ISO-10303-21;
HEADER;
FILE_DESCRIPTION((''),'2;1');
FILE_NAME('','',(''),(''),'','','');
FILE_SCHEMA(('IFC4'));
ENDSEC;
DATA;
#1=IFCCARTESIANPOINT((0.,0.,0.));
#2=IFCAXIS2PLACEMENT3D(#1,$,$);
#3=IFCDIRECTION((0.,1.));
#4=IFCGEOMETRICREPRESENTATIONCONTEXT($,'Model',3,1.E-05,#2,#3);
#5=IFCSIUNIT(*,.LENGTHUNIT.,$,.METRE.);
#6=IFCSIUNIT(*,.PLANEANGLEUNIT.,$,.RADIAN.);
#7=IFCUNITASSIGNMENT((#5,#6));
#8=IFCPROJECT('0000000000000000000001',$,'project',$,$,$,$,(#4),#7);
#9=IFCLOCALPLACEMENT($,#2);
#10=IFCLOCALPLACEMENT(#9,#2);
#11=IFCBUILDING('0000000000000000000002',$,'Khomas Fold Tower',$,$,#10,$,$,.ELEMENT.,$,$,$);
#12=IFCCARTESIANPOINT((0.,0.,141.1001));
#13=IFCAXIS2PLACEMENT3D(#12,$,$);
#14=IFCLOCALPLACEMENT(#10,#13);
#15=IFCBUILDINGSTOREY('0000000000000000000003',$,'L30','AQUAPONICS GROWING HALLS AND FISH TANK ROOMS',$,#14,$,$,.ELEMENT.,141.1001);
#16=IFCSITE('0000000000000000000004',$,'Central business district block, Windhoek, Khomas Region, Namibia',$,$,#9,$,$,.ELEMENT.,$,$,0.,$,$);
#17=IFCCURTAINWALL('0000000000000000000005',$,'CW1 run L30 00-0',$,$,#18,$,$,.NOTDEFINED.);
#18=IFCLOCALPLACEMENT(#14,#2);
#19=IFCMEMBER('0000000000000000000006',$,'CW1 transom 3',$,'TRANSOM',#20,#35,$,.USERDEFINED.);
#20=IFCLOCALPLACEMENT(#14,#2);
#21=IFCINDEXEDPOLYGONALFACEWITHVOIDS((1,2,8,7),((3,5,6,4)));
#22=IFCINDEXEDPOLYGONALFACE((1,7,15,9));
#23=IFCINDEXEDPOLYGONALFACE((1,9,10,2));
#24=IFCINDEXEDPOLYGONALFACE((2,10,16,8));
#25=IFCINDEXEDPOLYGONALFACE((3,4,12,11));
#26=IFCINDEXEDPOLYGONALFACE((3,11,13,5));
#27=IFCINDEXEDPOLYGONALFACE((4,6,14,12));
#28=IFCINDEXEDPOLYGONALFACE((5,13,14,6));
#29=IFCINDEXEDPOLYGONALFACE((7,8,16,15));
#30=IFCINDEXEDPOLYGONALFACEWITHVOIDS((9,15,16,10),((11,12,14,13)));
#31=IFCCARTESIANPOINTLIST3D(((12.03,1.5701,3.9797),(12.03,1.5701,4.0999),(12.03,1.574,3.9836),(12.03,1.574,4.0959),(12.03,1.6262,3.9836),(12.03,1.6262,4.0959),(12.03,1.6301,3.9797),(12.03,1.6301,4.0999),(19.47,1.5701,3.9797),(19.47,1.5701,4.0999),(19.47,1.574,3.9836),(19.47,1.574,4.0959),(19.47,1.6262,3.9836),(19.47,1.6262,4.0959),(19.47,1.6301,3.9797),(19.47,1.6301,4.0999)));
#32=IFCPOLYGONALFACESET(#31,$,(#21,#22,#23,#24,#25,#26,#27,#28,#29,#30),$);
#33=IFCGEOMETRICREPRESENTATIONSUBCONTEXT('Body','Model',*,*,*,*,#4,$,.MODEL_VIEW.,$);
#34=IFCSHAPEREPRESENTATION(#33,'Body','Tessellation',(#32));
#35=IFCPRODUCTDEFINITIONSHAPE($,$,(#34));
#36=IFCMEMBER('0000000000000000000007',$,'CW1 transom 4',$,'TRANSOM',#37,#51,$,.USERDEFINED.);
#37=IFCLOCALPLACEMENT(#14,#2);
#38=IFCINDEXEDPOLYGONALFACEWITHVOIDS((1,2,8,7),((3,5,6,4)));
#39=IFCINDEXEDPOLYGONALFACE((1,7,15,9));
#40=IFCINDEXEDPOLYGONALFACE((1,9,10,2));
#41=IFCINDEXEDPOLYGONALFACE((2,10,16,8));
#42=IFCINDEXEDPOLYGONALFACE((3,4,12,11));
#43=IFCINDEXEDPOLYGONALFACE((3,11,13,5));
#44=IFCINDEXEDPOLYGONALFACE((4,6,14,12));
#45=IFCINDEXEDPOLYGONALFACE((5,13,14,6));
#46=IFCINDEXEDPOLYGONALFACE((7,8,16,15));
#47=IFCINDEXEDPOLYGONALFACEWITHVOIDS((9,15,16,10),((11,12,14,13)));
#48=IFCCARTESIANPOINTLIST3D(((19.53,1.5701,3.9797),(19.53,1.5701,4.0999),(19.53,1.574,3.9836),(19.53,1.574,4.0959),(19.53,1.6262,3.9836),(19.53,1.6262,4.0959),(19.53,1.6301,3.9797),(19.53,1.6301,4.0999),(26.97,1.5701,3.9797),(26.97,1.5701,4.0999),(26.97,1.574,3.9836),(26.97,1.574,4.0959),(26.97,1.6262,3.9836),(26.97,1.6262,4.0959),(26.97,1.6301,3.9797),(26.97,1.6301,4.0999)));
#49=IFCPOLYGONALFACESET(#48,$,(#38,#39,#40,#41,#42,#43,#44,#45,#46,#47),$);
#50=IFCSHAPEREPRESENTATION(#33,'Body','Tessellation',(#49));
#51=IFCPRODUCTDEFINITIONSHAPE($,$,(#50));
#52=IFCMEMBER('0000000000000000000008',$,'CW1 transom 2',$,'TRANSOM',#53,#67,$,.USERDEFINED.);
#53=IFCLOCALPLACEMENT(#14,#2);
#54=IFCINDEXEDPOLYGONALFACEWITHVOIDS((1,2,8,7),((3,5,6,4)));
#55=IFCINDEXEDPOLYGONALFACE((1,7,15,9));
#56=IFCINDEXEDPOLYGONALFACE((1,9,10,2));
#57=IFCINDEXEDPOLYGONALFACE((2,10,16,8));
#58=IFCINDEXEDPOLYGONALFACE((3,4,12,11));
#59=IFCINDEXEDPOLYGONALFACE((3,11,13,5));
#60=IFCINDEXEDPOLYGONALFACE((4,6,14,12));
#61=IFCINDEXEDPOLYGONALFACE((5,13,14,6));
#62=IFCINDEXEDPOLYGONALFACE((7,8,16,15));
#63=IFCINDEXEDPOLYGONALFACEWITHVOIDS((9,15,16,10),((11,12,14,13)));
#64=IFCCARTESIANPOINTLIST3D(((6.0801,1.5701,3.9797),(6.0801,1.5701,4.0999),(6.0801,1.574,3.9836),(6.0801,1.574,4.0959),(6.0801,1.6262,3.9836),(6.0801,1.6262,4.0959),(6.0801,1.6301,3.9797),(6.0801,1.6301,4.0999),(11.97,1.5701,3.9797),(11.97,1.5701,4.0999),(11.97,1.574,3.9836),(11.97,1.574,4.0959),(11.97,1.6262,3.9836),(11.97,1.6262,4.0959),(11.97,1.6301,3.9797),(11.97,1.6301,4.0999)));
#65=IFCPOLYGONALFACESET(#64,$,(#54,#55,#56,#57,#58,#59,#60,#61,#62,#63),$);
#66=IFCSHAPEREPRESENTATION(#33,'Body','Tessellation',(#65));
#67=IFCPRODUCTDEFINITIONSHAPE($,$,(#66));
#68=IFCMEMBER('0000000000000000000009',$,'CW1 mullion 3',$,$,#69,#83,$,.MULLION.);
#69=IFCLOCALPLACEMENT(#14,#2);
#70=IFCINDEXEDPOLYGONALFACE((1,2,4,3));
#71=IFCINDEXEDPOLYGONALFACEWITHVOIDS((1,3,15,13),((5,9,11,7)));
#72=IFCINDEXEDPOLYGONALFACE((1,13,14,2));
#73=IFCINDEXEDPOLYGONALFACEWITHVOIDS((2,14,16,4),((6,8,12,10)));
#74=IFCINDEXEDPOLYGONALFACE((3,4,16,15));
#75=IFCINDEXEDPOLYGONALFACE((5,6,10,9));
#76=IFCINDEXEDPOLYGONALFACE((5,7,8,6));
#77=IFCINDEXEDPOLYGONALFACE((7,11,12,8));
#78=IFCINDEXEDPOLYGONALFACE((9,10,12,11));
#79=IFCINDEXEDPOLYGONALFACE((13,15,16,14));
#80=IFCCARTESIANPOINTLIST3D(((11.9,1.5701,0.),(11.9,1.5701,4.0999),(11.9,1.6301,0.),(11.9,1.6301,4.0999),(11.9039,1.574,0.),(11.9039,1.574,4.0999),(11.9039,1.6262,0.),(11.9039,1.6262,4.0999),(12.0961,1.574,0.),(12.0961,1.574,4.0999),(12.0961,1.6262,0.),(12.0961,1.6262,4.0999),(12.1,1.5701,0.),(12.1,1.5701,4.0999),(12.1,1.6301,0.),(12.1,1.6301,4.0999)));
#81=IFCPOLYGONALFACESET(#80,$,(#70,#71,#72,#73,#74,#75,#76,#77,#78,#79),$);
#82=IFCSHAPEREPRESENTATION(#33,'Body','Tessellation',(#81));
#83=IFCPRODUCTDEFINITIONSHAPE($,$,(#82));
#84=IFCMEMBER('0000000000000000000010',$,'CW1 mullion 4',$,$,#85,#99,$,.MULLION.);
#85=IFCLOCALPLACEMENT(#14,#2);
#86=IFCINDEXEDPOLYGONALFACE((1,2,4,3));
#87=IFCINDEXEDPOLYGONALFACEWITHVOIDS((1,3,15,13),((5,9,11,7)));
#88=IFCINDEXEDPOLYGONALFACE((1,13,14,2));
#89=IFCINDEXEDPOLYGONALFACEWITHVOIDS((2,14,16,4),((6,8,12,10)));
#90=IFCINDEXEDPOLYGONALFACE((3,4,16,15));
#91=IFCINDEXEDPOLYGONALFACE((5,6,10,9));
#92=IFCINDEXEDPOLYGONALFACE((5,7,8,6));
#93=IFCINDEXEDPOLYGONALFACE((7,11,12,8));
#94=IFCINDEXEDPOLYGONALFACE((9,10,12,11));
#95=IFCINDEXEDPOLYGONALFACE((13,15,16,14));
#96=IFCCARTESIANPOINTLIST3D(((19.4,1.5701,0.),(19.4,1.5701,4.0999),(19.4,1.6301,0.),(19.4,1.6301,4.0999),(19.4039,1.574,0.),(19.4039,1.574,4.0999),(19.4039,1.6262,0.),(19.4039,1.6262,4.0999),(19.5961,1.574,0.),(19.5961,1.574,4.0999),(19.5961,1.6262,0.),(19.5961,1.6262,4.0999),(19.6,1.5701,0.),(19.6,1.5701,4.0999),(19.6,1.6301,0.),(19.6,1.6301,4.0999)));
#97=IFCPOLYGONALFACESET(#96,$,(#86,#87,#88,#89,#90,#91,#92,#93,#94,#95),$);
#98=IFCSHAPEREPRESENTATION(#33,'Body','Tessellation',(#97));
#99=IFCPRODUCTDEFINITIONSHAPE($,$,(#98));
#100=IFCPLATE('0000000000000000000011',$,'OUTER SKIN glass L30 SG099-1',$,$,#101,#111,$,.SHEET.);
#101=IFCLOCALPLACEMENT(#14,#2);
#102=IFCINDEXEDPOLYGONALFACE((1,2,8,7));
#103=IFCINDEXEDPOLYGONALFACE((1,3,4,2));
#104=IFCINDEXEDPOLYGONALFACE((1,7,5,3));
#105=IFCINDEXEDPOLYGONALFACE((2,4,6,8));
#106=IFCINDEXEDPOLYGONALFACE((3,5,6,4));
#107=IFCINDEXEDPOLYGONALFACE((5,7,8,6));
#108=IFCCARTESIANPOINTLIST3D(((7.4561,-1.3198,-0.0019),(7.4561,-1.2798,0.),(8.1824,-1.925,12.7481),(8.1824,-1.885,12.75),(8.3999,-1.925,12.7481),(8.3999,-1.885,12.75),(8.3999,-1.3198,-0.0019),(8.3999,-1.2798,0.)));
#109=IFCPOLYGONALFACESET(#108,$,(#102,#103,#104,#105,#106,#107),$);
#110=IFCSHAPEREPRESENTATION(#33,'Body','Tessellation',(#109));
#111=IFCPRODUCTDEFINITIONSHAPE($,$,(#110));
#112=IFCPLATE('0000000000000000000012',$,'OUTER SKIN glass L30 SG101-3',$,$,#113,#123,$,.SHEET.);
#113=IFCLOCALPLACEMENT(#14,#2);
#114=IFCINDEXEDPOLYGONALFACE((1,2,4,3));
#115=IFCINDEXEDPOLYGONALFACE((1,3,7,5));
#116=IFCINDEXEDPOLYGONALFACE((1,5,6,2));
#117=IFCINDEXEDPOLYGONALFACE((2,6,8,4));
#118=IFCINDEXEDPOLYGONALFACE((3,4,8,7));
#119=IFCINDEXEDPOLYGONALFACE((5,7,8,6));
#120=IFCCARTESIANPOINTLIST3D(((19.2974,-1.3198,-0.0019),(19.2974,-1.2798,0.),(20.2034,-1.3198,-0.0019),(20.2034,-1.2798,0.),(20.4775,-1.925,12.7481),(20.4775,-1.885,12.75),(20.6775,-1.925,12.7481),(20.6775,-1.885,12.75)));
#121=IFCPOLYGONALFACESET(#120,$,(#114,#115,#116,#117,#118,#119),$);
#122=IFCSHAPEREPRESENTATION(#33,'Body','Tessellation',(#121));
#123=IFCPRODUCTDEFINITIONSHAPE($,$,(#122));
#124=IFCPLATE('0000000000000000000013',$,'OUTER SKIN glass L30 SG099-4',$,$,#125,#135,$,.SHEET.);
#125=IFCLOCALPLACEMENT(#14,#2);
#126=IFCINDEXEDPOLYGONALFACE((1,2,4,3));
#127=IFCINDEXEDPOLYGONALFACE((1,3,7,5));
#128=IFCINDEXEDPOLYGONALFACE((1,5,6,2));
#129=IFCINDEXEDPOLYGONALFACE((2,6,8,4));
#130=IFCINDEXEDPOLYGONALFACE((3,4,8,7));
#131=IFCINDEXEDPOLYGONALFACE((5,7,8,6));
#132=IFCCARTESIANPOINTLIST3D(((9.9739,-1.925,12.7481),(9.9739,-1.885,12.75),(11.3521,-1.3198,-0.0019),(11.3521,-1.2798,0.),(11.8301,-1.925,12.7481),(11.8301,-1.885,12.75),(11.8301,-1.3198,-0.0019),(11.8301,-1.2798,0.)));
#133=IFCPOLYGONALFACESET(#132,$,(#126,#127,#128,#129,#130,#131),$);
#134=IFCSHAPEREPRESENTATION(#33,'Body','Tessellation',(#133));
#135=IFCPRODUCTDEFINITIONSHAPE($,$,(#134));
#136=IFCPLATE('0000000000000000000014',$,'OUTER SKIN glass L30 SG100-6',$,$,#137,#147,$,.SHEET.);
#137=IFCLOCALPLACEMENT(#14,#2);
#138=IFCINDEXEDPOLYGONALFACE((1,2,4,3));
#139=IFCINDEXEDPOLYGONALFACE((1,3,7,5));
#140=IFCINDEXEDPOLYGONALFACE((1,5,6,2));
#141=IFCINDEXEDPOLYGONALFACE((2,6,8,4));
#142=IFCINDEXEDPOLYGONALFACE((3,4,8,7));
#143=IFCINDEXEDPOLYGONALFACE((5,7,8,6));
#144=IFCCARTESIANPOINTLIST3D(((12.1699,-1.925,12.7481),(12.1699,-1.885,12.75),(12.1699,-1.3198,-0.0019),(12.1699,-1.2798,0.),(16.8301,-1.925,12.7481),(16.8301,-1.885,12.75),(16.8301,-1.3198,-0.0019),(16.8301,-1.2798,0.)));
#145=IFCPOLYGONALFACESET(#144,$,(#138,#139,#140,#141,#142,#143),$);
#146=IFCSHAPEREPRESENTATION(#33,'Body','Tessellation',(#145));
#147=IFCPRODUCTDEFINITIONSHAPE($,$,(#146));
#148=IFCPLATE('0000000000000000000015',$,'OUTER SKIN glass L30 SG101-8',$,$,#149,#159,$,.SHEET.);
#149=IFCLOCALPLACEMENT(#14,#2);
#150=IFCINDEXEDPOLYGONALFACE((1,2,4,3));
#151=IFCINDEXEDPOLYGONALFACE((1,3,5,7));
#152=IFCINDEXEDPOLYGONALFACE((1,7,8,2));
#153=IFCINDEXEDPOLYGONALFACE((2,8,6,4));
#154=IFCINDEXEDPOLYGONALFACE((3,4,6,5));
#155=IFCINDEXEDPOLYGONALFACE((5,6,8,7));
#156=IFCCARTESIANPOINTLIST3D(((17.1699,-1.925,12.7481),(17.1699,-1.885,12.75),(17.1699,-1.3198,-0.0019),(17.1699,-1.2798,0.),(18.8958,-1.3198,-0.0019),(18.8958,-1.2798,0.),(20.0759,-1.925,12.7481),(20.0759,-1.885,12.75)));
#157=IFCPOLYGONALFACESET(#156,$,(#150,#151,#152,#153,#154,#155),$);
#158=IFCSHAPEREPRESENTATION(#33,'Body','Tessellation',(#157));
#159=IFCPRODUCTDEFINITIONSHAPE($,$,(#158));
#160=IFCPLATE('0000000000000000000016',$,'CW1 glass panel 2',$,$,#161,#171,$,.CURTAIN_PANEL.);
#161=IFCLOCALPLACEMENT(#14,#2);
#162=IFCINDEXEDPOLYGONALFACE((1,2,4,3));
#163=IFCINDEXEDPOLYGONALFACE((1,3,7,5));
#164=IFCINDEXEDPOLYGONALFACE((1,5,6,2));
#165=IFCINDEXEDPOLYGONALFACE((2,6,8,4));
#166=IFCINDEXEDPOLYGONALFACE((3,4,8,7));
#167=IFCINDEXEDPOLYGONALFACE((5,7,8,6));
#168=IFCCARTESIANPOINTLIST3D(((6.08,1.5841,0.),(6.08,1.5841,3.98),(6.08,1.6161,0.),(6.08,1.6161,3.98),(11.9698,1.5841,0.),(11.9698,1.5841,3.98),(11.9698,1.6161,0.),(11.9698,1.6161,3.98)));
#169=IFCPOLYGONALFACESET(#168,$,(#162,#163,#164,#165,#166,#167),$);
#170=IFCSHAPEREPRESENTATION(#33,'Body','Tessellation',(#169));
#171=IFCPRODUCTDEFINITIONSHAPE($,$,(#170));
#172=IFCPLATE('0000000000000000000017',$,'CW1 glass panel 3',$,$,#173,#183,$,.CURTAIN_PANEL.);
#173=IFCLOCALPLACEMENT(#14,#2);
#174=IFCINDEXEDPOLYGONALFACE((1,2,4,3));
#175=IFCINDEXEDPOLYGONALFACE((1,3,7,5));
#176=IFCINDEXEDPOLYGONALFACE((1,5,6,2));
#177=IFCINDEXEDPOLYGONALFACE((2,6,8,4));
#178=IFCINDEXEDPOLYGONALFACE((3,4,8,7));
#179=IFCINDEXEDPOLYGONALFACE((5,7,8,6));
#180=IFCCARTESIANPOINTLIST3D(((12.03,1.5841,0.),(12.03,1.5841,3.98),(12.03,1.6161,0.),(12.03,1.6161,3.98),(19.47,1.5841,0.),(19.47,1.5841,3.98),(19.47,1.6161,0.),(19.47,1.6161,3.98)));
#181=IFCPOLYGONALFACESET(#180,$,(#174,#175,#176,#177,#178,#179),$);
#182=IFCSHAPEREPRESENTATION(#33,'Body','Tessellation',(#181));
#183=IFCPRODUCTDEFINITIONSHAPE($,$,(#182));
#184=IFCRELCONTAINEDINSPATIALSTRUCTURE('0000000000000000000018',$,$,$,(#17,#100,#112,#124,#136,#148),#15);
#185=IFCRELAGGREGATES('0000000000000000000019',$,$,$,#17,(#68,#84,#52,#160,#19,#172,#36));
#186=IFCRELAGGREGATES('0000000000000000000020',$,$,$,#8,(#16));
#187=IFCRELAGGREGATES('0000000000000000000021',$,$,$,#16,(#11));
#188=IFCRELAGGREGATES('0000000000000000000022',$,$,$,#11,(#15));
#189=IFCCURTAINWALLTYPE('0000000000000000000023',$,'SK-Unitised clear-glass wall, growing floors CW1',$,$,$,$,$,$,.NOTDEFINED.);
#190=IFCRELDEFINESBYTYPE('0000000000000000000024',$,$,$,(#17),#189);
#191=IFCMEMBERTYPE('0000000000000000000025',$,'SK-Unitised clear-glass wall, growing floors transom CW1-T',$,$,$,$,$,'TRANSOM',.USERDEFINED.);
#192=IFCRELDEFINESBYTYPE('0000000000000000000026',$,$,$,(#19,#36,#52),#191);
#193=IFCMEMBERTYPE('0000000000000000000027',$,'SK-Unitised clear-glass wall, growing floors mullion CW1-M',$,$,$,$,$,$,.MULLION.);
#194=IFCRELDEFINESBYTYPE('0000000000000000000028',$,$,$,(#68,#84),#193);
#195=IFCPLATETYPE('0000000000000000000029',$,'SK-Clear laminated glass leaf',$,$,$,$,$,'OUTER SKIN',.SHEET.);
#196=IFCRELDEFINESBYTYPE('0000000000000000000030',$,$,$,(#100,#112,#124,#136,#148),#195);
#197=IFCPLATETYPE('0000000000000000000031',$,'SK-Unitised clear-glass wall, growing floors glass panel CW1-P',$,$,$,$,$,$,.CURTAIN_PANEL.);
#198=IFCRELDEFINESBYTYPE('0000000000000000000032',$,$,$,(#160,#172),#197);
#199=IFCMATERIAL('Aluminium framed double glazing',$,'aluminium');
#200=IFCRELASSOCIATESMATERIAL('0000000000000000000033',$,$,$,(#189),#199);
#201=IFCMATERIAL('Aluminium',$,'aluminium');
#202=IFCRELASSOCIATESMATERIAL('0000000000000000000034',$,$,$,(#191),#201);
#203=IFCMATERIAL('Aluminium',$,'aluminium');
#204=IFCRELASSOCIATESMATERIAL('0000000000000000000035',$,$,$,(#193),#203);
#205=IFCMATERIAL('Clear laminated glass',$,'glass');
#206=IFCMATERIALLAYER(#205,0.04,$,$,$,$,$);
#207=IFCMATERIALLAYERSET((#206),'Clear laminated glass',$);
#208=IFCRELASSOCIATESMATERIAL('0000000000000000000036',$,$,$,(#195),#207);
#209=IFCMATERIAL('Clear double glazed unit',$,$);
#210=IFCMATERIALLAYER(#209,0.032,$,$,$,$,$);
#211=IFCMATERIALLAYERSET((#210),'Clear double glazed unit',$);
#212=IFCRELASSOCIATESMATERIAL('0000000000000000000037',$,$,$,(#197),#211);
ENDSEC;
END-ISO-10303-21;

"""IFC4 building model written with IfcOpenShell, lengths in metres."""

from ifc_helpers import new_model, si_unit, direction, frame, origin, origin_2d, place, context, subcontext, project, spatial, polyline, rectangle, hollow_rectangle, outline, extrude, source, transform, mapped, material, layer, layer_set, material_profile, profile_set, type_object, element, aggregate, save


model = new_model("IFC4")

# Units and contexts
model_context = context("Model", 3, precision=1e-05, world=origin(), true_north=direction((0.0, 1.0)))
body_context = subcontext(model_context, "Body", "Model", "MODEL_VIEW")
ifc_project = project(units=[si_unit("LENGTHUNIT", "METRE"), si_unit("PLANEANGLEUNIT", "RADIAN")], contexts=[model_context])

# Site, building, storey
site_placement = place(None, origin())
site = spatial("IfcSite", under=ifc_project, at=site_placement, Name="Central business district block, Windhoek, Khomas Region, Namibia", CompositionType="ELEMENT", RefElevation=0.0)
building_placement = place(site_placement, origin())
building = spatial("IfcBuilding", under=site, at=building_placement, Name="Khomas Fold Tower", CompositionType="ELEMENT")
storey_placement = place(building_placement, frame((0.0, 0.0, 141.1001)))
storey = spatial("IfcBuildingStorey", under=building, at=storey_placement, Name="L30", Description="AQUAPONICS GROWING HALLS AND FISH TANK ROOMS", CompositionType="ELEMENT", Elevation=141.1001)

# Curtain wall, members
ifc_material_1 = material(Name="Aluminium framed double glazing", Category="aluminium")
curtain_wall_type = type_object("IfcCurtainWallType", Name="SK-Unitised clear-glass wall, growing floors CW1", PredefinedType="NOTDEFINED", material=ifc_material_1)
curtain_wall_placement = place(storey_placement, origin())
curtain_wall = element("IfcCurtainWall", 1, at=curtain_wall_placement, inside=storey, type_object=curtain_wall_type, Name="CW1 run L30 00-0", PredefinedType="NOTDEFINED")
ifc_material_2 = material(Name="Aluminium", Category="aluminium")
ifc_material_profile_1 = material_profile(ifc_material_2, hollow_rectangle(XDim=0.0601, YDim=0.1201, WallThickness=0.0039, at=origin_2d()), Name="SK-Unitised clear-glass wall, growing floors transom CW1-T")
ifc_profile_set_1 = profile_set([ifc_material_profile_1], Name="Aluminium")
member_type_1 = type_object("IfcMemberType", Name="SK-Unitised clear-glass wall, growing floors transom CW1-T", ElementType="TRANSOM", PredefinedType="USERDEFINED", material=ifc_profile_set_1)
shared_shape_1 = source(origin(), body_context, "Body", "SweptSolid", [
    extrude(hollow_rectangle(XDim=0.0601, YDim=0.1201, WallThickness=0.0039, at=origin_2d()), origin(), (0.0, 0.0, 1.0), 7.4399),
])
member_1_placement = place(storey_placement, frame((12.03, 1.6001, 4.0398), z_axis=(1.0, 0.0, 0.0), x_axis=(0.0, 1.0, 0.0)))
member_1 = element("IfcMember", 2, at=member_1_placement, type_object=member_type_1, Name="CW1 transom 3", ObjectType="TRANSOM", PredefinedType="USERDEFINED", context=body_context, shape_type="MappedRepresentation", body=[
    mapped(shared_shape_1, transform((0.0, 0.0, 0.0))),
])
member_2_placement = place(storey_placement, frame((19.53, 1.6001, 4.0398), z_axis=(1.0, 0.0, 0.0), x_axis=(0.0, 1.0, 0.0)))
member_2 = element("IfcMember", 3, at=member_2_placement, type_object=member_type_1, Name="CW1 transom 4", ObjectType="TRANSOM", PredefinedType="USERDEFINED", context=body_context, shape_type="MappedRepresentation", body=[
    mapped(shared_shape_1, transform((0.0, 0.0, 0.0))),
])
shared_shape_2 = source(origin(), body_context, "Body", "SweptSolid", [
    extrude(hollow_rectangle(XDim=0.0601, YDim=0.1201, WallThickness=0.0039, at=origin_2d()), origin(), (0.0, 0.0, 1.0), 5.8899),
])
member_3_placement = place(storey_placement, frame((6.0801, 1.6001, 4.0398), z_axis=(1.0, 0.0, 0.0), x_axis=(0.0, 1.0, 0.0)))
member_3 = element("IfcMember", 4, at=member_3_placement, type_object=member_type_1, Name="CW1 transom 2", ObjectType="TRANSOM", PredefinedType="USERDEFINED", context=body_context, shape_type="MappedRepresentation", body=[
    mapped(shared_shape_2, transform((0.0, 0.0, 0.0))),
])
ifc_material_3 = material(Name="Aluminium", Category="aluminium")
ifc_material_profile_2 = material_profile(ifc_material_3, hollow_rectangle(XDim=0.0601, YDim=0.2, WallThickness=0.0039, at=origin_2d()), Name="SK-Unitised clear-glass wall, growing floors mullion CW1-M")
ifc_profile_set_2 = profile_set([ifc_material_profile_2], Name="Aluminium")
member_type_2 = type_object("IfcMemberType", Name="SK-Unitised clear-glass wall, growing floors mullion CW1-M", PredefinedType="MULLION", material=ifc_profile_set_2)
shared_shape_3 = source(origin(), body_context, "Body", "SweptSolid", [
    extrude(hollow_rectangle(XDim=0.0601, YDim=0.2, WallThickness=0.0039, at=origin_2d()), origin(), (0.0, 0.0, 1.0), 4.0999),
])
member_4_placement = place(storey_placement, frame((12.0, 1.6001, 0.0), z_axis=(0.0, 0.0, 1.0), x_axis=(0.0, 1.0, 0.0)))
member_4 = element("IfcMember", 5, at=member_4_placement, type_object=member_type_2, Name="CW1 mullion 3", PredefinedType="MULLION", context=body_context, shape_type="MappedRepresentation", body=[
    mapped(shared_shape_3, transform((0.0, 0.0, 0.0))),
])
member_5_placement = place(storey_placement, frame((19.5, 1.6001, 0.0), z_axis=(0.0, 0.0, 1.0), x_axis=(0.0, 1.0, 0.0)))
member_5 = element("IfcMember", 6, at=member_5_placement, type_object=member_type_2, Name="CW1 mullion 4", PredefinedType="MULLION", context=body_context, shape_type="MappedRepresentation", body=[
    mapped(shared_shape_3, transform((0.0, 0.0, 0.0))),
])

# Plates
ifc_material_4 = material(Name="Clear laminated glass", Category="glass")
ifc_layer_1 = layer(ifc_material_4, 0.04)
ifc_layer_set_1 = layer_set([ifc_layer_1], Name="Clear laminated glass")
plate_type_1 = type_object("IfcPlateType", Name="SK-Clear laminated glass leaf", ElementType="OUTER SKIN", PredefinedType="SHEET", material=ifc_layer_set_1)
plate_1_placement = place(storey_placement, frame((8.3999, -1.2798, 0.0), z_axis=(0.0, 0.998875, 0.047415), x_axis=(-1.0, 0.0, 0.0)))
element("IfcPlate", 7, at=plate_1_placement, inside=storey, type_object=plate_type_1, Name="OUTER SKIN glass L30 SG099-1", PredefinedType="SHEET", context=body_context, shape_type="SweptSolid", body=[
    extrude(outline(polyline([(0.0, 0.0), (0.9438, 0.0), (0.2175, 12.7644), (0.0, 12.7644), (0.0, 0.0)])), origin(), (0.0, 0.0, -1.0), 0.04),
])
plate_2_placement = place(storey_placement, frame((20.2034, -1.2798, 0.0), z_axis=(0.0, 0.998875, 0.047415), x_axis=(-1.0, 0.0, 0.0)))
element("IfcPlate", 8, at=plate_2_placement, inside=storey, type_object=plate_type_1, Name="OUTER SKIN glass L30 SG101-3", PredefinedType="SHEET", context=body_context, shape_type="SweptSolid", body=[
    extrude(outline(polyline([(0.0, 0.0), (0.906, 0.0), (-0.2742, 12.7644), (-0.4741, 12.7644), (0.0, 0.0)])), origin(), (0.0, 0.0, -1.0), 0.04),
])
plate_3_placement = place(storey_placement, frame((11.3521, -1.2798, 0.0), z_axis=(0.0, 0.998875, 0.047415), x_axis=(-0.107347, -0.047141, 0.993103)))
element("IfcPlate", 9, at=plate_3_placement, inside=storey, type_object=plate_type_1, Name="OUTER SKIN glass L30 SG099-4", PredefinedType="SHEET", context=body_context, shape_type="SweptSolid", body=[
    extrude(outline(polyline([(0.0, 0.0), (12.8385, 0.0), (12.6393, 1.8455), (-0.0513, 0.4753), (0.0, 0.0)])), origin(), (0.0, 0.0, -1.0), 0.04),
])
plate_4_placement = place(storey_placement, frame((12.1699, -1.2798, 0.0), z_axis=(0.0, 0.998875, 0.047415), x_axis=(0.0, -0.047415, 0.998875)))
element("IfcPlate", 10, at=plate_4_placement, inside=storey, type_object=plate_type_1, Name="OUTER SKIN glass L30 SG100-6", PredefinedType="SHEET", context=body_context, shape_type="SweptSolid", body=[
    extrude(outline(polyline([(0.0, 0.0), (12.7644, 0.0), (12.7644, 4.6602), (0.0, 4.6602), (0.0, 0.0)])), origin(), (0.0, 0.0, -1.0), 0.04),
])
plate_5_placement = place(storey_placement, frame((18.8958, -1.2798, 0.0), z_axis=(0.0, 0.998875, 0.047415), x_axis=(-1.0, 0.0, 0.0)))
element("IfcPlate", 11, at=plate_5_placement, inside=storey, type_object=plate_type_1, Name="OUTER SKIN glass L30 SG101-8", PredefinedType="SHEET", context=body_context, shape_type="SweptSolid", body=[
    extrude(outline(polyline([(0.0, 0.0), (1.7258, 0.0), (1.7258, 12.7644), (-1.1802, 12.7644), (0.0, 0.0)])), origin(), (0.0, 0.0, -1.0), 0.04),
])

# Plates
ifc_material_5 = material(Name="Clear double glazed unit")
ifc_layer_2 = layer(ifc_material_5, 0.032)
ifc_layer_set_2 = layer_set([ifc_layer_2], Name="Clear double glazed unit")
plate_type_2 = type_object("IfcPlateType", Name="SK-Unitised clear-glass wall, growing floors glass panel CW1-P", PredefinedType="CURTAIN_PANEL", material=ifc_layer_set_2)
shared_shape_4 = source(origin(), body_context, "Body", "SweptSolid", [
    extrude(rectangle(XDim=5.8899, YDim=0.032, at=origin_2d()), origin(), (0.0, 0.0, 1.0), 3.98),
])
plate_6_placement = place(storey_placement, frame((9.0249, 1.6001, 0.0), z_axis=(0.0, 0.0, 1.0), x_axis=(1.0, 0.0, 0.0)))
plate_6 = element("IfcPlate", 12, at=plate_6_placement, type_object=plate_type_2, Name="CW1 glass panel 2", PredefinedType="CURTAIN_PANEL", context=body_context, shape_type="MappedRepresentation", body=[
    mapped(shared_shape_4, transform((0.0, 0.0, 0.0))),
])
shared_shape_5 = source(origin(), body_context, "Body", "SweptSolid", [
    extrude(rectangle(XDim=7.4399, YDim=0.032, at=origin_2d()), origin(), (0.0, 0.0, 1.0), 3.98),
])
plate_7_placement = place(storey_placement, frame((15.75, 1.6001, 0.0), z_axis=(0.0, 0.0, 1.0), x_axis=(1.0, 0.0, 0.0)))
plate_7 = element("IfcPlate", 13, at=plate_7_placement, type_object=plate_type_2, Name="CW1 glass panel 3", PredefinedType="CURTAIN_PANEL", context=body_context, shape_type="MappedRepresentation", body=[
    mapped(shared_shape_5, transform((0.0, 0.0, 0.0))),
])
aggregate(curtain_wall, [member_4, member_5, member_3, plate_6, member_1, plate_7, member_2])

save(model, "model.ifc")
